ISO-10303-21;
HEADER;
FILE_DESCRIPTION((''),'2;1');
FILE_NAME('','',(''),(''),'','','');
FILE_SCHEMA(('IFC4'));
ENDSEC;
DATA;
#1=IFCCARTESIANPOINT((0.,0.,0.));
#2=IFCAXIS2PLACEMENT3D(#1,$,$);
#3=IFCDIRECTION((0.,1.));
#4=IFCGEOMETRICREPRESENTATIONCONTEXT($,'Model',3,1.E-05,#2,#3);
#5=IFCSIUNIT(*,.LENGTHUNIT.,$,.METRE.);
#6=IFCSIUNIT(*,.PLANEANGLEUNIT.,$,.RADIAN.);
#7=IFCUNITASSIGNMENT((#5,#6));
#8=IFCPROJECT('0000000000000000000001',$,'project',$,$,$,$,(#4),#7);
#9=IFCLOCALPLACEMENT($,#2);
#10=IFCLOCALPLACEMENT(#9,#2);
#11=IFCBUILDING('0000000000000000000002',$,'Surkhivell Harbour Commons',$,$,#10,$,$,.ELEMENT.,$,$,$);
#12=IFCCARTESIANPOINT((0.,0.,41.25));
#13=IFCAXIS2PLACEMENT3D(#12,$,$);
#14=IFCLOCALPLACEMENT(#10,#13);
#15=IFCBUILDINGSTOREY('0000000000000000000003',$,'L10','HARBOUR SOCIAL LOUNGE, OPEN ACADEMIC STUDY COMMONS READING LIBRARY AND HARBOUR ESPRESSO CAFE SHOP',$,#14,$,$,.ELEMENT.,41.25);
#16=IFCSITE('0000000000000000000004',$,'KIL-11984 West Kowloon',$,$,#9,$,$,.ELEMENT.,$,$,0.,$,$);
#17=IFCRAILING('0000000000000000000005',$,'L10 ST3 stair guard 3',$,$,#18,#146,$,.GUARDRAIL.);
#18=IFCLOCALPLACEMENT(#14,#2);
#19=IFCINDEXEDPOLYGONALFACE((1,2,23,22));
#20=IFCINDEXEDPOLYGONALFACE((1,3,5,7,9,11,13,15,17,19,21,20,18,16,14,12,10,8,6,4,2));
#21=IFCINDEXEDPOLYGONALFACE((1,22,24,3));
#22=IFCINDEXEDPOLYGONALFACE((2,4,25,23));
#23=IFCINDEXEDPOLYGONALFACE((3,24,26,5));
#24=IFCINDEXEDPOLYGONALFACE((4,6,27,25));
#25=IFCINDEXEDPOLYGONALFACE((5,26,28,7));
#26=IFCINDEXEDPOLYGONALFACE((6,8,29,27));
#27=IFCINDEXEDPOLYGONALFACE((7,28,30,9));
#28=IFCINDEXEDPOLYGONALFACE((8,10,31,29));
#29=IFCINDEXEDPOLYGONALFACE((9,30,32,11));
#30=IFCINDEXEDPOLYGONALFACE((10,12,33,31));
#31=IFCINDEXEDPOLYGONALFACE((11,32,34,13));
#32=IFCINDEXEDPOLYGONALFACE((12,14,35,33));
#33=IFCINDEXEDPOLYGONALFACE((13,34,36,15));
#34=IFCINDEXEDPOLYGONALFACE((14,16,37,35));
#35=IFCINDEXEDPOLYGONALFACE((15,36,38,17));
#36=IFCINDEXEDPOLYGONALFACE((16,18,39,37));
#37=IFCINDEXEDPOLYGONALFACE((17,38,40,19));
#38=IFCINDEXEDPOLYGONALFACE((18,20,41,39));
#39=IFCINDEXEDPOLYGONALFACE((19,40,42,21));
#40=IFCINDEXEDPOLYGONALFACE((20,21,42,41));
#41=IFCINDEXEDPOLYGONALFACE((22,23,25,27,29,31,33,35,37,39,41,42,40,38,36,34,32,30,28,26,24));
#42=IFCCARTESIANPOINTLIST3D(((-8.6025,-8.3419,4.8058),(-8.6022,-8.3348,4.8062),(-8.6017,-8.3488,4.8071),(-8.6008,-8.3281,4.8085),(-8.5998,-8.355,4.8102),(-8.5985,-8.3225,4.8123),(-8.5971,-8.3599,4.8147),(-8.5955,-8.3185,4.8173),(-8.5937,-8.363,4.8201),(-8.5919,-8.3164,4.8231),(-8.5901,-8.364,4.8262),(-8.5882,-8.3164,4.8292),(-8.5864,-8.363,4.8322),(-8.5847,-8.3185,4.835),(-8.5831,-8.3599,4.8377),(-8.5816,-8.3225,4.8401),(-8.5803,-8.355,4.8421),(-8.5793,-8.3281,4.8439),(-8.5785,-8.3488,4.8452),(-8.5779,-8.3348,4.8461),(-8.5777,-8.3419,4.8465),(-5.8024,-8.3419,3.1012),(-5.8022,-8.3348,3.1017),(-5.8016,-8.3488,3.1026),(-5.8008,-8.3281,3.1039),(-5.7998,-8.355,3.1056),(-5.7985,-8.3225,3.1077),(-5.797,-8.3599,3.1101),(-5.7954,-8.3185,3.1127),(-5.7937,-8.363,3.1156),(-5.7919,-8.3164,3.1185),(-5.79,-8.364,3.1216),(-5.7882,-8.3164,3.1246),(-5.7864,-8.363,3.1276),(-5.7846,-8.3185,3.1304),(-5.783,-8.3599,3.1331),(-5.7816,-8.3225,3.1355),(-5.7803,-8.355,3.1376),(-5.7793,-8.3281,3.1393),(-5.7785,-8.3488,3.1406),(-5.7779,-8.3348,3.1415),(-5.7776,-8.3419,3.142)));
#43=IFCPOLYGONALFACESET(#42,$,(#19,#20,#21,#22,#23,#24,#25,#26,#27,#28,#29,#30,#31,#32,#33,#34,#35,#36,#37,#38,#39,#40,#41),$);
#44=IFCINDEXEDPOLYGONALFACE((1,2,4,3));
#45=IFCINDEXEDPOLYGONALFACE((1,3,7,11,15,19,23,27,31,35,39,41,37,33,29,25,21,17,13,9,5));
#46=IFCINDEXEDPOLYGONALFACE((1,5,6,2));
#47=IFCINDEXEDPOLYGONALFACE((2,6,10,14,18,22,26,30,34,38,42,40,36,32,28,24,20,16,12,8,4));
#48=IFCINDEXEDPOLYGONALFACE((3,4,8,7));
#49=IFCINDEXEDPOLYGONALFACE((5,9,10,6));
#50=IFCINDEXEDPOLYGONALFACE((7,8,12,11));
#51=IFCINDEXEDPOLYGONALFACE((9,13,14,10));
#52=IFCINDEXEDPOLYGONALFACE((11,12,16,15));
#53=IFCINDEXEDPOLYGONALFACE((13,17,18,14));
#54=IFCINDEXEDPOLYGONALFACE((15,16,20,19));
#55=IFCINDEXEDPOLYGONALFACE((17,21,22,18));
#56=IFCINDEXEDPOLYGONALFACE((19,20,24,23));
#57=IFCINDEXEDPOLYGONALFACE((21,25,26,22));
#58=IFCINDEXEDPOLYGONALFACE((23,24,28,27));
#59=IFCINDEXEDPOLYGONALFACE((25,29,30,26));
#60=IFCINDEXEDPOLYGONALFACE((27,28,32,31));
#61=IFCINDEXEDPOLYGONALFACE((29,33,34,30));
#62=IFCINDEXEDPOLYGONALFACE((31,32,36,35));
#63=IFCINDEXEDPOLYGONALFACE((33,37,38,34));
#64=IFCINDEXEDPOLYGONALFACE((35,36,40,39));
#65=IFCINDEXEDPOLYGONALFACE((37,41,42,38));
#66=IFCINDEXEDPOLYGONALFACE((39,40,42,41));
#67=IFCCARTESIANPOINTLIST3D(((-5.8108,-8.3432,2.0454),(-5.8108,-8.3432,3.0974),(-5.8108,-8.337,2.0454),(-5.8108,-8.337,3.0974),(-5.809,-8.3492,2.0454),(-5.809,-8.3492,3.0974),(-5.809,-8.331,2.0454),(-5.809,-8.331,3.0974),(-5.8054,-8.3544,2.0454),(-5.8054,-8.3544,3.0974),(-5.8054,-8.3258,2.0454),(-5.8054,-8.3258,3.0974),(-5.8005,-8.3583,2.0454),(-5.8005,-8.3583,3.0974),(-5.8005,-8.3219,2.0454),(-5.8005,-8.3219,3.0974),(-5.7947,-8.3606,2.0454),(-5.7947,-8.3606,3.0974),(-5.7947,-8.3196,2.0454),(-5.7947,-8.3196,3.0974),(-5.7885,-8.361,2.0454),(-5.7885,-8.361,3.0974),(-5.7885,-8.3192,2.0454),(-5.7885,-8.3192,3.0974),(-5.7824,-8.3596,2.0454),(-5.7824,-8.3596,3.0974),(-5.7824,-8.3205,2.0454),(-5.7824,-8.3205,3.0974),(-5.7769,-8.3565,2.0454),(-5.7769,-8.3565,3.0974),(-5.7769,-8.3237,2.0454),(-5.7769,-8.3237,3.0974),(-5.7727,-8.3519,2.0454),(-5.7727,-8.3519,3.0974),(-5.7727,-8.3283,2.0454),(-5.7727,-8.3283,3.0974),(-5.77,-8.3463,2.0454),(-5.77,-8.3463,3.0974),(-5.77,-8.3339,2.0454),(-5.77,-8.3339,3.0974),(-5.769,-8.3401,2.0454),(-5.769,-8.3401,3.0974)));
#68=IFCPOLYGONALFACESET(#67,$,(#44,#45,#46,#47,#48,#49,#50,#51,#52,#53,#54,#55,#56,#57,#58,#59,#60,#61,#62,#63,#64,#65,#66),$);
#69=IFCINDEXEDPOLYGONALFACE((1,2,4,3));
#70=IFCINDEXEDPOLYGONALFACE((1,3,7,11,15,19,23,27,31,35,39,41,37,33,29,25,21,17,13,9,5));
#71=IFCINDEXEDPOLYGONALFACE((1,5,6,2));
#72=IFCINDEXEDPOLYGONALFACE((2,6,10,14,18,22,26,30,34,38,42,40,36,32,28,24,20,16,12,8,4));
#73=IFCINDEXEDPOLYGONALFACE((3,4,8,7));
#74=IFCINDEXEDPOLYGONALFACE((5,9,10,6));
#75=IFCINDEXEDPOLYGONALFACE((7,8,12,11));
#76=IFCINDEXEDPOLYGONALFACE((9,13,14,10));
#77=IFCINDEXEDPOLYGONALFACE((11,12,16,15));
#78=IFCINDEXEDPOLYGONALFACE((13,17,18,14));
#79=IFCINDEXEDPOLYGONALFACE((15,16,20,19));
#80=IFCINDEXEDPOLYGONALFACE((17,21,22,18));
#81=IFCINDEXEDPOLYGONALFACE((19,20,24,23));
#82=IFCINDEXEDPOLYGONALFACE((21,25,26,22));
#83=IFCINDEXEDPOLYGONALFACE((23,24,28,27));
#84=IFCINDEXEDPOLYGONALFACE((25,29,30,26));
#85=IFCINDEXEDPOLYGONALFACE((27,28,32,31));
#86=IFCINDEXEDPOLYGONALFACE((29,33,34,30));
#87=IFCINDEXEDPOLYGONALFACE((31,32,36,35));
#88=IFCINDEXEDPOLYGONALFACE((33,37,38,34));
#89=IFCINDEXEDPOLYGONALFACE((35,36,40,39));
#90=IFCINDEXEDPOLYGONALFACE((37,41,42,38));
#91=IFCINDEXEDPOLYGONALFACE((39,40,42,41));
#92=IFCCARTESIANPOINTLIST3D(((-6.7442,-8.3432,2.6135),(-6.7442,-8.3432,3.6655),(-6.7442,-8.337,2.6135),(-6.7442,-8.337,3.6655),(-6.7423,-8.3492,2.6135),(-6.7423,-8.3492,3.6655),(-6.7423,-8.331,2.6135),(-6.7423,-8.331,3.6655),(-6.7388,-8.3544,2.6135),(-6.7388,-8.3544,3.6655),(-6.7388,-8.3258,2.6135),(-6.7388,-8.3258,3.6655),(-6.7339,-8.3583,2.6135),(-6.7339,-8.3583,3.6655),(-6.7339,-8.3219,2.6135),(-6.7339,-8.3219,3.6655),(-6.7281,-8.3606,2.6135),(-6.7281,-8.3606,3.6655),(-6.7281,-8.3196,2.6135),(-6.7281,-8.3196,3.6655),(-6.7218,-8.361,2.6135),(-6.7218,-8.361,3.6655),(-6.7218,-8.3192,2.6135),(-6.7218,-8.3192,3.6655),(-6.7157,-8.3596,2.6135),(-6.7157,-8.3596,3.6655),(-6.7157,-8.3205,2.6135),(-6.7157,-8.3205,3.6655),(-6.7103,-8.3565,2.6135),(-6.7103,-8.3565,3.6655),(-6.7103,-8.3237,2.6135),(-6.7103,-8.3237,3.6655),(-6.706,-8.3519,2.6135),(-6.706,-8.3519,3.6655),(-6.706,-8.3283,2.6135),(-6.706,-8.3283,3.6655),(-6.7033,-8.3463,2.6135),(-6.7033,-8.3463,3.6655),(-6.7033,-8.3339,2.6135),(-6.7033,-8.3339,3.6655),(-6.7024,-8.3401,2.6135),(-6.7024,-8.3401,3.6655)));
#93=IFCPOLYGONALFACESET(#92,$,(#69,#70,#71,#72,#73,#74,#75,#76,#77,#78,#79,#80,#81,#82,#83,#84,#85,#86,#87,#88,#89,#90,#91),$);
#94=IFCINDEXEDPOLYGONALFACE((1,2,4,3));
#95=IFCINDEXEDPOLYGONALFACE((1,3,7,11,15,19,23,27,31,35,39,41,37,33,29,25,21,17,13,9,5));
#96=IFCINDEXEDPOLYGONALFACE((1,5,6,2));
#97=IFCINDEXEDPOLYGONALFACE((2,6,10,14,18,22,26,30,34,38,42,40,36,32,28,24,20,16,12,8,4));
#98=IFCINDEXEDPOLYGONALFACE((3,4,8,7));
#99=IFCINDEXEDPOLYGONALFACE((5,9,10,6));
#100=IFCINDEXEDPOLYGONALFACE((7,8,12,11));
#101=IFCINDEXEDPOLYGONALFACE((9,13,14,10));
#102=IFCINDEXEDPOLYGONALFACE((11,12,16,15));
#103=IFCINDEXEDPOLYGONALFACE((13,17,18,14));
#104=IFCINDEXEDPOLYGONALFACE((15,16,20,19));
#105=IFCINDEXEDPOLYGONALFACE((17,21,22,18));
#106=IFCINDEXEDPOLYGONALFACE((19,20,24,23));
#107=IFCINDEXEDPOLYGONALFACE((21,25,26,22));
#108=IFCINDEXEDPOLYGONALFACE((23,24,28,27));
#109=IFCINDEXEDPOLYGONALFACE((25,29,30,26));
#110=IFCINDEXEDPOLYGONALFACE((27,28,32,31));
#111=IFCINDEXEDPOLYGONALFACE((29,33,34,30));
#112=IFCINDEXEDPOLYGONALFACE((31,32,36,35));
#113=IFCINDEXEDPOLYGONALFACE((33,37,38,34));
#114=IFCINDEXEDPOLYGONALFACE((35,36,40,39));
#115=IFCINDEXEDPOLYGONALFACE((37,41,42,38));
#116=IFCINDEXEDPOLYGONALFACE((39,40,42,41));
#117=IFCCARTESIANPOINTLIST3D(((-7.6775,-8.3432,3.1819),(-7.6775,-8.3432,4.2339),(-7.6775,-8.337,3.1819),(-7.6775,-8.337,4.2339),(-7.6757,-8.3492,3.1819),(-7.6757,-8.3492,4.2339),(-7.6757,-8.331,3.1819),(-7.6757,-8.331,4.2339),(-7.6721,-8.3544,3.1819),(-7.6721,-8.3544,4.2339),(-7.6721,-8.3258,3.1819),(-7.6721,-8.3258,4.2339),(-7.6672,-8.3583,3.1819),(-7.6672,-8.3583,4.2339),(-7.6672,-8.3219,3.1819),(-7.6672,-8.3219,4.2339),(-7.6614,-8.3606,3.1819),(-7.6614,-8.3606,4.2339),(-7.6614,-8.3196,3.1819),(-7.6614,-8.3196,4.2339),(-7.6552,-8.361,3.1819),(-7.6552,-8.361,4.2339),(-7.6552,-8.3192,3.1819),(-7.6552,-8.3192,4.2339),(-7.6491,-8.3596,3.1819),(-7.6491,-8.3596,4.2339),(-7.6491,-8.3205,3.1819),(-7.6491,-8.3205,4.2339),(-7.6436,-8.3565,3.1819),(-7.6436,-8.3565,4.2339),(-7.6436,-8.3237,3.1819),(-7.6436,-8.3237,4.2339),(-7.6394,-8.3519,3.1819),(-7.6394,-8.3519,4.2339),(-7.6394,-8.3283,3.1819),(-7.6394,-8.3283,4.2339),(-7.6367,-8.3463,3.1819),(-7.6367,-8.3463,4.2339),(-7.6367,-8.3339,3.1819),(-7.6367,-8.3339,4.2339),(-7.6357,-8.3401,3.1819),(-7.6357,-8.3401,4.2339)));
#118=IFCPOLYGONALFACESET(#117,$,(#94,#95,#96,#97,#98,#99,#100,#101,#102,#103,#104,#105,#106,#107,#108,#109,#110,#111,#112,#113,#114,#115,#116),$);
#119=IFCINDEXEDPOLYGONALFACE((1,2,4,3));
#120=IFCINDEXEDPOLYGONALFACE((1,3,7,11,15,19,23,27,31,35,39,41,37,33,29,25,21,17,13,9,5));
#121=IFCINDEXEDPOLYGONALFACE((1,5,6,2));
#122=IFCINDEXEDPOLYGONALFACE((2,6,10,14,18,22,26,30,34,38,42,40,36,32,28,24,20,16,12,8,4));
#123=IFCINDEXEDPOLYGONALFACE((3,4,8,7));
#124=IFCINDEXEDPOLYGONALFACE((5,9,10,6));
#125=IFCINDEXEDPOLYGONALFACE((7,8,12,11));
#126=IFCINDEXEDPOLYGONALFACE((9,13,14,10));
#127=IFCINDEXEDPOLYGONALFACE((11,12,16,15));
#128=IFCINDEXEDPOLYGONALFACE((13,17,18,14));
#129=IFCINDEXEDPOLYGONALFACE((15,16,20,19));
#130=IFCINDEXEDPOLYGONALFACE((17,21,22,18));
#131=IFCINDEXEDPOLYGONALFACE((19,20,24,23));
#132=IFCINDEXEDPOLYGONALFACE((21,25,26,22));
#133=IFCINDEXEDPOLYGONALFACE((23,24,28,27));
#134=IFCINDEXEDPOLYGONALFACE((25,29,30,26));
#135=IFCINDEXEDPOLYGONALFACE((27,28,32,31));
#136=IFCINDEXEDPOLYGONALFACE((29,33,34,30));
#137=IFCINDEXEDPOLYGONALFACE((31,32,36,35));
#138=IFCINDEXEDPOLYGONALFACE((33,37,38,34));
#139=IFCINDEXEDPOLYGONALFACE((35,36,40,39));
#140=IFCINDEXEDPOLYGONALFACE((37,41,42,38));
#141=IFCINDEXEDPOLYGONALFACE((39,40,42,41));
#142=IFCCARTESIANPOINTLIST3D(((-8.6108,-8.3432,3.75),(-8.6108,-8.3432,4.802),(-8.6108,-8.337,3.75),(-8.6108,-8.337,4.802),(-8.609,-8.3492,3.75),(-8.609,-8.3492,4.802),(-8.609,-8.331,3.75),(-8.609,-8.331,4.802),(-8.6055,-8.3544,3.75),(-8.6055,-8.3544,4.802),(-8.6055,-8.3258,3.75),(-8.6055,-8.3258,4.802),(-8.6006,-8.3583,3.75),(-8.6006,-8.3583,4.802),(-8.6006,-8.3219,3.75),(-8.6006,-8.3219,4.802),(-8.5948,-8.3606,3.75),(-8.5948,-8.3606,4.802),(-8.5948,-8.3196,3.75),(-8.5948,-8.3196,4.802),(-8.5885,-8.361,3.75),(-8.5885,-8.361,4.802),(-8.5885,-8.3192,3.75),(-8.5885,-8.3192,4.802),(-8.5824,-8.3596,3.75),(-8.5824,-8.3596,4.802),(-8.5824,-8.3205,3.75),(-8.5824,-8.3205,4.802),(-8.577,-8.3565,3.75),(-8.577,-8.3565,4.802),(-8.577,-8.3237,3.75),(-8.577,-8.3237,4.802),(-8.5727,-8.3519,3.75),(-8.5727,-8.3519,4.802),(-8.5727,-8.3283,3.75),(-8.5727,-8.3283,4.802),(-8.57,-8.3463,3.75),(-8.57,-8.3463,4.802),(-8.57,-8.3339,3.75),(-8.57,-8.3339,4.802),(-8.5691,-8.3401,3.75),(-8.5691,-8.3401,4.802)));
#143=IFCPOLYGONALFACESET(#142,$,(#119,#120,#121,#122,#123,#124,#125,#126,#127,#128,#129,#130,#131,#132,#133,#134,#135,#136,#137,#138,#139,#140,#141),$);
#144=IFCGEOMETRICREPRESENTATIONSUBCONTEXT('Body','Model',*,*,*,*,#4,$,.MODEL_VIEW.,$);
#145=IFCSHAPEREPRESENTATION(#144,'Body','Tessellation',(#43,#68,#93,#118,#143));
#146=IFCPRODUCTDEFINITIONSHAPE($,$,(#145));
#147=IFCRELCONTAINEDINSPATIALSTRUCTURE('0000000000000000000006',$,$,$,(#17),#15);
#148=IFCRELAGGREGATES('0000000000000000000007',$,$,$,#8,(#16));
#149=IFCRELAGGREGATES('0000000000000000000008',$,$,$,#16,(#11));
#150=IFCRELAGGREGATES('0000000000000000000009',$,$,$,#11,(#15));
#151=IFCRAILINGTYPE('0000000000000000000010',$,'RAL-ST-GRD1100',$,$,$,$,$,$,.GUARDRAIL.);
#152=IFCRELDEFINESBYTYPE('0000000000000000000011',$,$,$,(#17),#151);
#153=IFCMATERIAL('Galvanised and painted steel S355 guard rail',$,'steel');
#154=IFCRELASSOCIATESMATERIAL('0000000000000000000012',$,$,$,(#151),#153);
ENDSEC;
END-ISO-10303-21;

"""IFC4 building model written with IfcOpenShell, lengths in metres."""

from ifc_helpers import new_model, si_unit, direction, frame, origin, origin_2d, place, context, subcontext, project, spatial, circle, extrude, material, type_object, element, save


model = new_model("IFC4")

# Units and contexts
model_context = context("Model", 3, precision=1e-05, world=origin(), true_north=direction((0.0, 1.0)))
body_context = subcontext(model_context, "Body", "Model", "MODEL_VIEW")
ifc_project = project(units=[si_unit("LENGTHUNIT", "METRE"), si_unit("PLANEANGLEUNIT", "RADIAN")], contexts=[model_context])

# Site, building, storey
site_placement = place(None, origin())
site = spatial("IfcSite", under=ifc_project, at=site_placement, Name="KIL-11984 West Kowloon", CompositionType="ELEMENT", RefElevation=0.0)
building_placement = place(site_placement, origin())
building = spatial("IfcBuilding", under=site, at=building_placement, Name="Surkhivell Harbour Commons", CompositionType="ELEMENT")
storey_placement = place(building_placement, frame((0.0, 0.0, 41.25)))
storey = spatial("IfcBuildingStorey", under=building, at=storey_placement, Name="L10", Description="HARBOUR SOCIAL LOUNGE, OPEN ACADEMIC STUDY COMMONS READING LIBRARY AND HARBOUR ESPRESSO CAFE SHOP", CompositionType="ELEMENT", Elevation=41.25)

# Railing
ifc_material_1 = material(Name="Galvanised and painted steel S355 guard rail", Category="steel")
railing_type_1 = type_object("IfcRailingType", Name="RAL-ST-GRD1100", PredefinedType="GUARDRAIL", material=ifc_material_1)
railing_1_placement = place(storey_placement, frame((-5.79, -8.3401, 2.0454)))
element("IfcRailing", 1, at=railing_1_placement, inside=storey, type_object=railing_type_1, Name="L10 ST3 stair guard 3", PredefinedType="GUARDRAIL", context=body_context, shape_type="SweptSolid", body=[
    extrude(circle(Radius=0.0239, at=origin_2d()), frame((0.0, 0.0, 1.0762), z_axis=(-0.85417, 0.0, 0.519994), x_axis=(0.0, -1.0, 0.0)), (0.0, 0.0, 1.0), 3.2781),
    extrude(circle(Radius=0.021, at=origin_2d()), origin(), (0.0, 0.0, 1.0), 1.052),
    extrude(circle(Radius=0.021, at=origin_2d()), frame((-0.9333, 0.0, 0.5681)), (0.0, 0.0, 1.0), 1.052),
    extrude(circle(Radius=0.021, at=origin_2d()), frame((-1.8667, 0.0, 1.1365)), (0.0, 0.0, 1.0), 1.052),
    extrude(circle(Radius=0.021, at=origin_2d()), frame((-2.8, 0.0, 1.7046)), (0.0, 0.0, 1.0), 1.052),
])

save(model, "model.ifc")
